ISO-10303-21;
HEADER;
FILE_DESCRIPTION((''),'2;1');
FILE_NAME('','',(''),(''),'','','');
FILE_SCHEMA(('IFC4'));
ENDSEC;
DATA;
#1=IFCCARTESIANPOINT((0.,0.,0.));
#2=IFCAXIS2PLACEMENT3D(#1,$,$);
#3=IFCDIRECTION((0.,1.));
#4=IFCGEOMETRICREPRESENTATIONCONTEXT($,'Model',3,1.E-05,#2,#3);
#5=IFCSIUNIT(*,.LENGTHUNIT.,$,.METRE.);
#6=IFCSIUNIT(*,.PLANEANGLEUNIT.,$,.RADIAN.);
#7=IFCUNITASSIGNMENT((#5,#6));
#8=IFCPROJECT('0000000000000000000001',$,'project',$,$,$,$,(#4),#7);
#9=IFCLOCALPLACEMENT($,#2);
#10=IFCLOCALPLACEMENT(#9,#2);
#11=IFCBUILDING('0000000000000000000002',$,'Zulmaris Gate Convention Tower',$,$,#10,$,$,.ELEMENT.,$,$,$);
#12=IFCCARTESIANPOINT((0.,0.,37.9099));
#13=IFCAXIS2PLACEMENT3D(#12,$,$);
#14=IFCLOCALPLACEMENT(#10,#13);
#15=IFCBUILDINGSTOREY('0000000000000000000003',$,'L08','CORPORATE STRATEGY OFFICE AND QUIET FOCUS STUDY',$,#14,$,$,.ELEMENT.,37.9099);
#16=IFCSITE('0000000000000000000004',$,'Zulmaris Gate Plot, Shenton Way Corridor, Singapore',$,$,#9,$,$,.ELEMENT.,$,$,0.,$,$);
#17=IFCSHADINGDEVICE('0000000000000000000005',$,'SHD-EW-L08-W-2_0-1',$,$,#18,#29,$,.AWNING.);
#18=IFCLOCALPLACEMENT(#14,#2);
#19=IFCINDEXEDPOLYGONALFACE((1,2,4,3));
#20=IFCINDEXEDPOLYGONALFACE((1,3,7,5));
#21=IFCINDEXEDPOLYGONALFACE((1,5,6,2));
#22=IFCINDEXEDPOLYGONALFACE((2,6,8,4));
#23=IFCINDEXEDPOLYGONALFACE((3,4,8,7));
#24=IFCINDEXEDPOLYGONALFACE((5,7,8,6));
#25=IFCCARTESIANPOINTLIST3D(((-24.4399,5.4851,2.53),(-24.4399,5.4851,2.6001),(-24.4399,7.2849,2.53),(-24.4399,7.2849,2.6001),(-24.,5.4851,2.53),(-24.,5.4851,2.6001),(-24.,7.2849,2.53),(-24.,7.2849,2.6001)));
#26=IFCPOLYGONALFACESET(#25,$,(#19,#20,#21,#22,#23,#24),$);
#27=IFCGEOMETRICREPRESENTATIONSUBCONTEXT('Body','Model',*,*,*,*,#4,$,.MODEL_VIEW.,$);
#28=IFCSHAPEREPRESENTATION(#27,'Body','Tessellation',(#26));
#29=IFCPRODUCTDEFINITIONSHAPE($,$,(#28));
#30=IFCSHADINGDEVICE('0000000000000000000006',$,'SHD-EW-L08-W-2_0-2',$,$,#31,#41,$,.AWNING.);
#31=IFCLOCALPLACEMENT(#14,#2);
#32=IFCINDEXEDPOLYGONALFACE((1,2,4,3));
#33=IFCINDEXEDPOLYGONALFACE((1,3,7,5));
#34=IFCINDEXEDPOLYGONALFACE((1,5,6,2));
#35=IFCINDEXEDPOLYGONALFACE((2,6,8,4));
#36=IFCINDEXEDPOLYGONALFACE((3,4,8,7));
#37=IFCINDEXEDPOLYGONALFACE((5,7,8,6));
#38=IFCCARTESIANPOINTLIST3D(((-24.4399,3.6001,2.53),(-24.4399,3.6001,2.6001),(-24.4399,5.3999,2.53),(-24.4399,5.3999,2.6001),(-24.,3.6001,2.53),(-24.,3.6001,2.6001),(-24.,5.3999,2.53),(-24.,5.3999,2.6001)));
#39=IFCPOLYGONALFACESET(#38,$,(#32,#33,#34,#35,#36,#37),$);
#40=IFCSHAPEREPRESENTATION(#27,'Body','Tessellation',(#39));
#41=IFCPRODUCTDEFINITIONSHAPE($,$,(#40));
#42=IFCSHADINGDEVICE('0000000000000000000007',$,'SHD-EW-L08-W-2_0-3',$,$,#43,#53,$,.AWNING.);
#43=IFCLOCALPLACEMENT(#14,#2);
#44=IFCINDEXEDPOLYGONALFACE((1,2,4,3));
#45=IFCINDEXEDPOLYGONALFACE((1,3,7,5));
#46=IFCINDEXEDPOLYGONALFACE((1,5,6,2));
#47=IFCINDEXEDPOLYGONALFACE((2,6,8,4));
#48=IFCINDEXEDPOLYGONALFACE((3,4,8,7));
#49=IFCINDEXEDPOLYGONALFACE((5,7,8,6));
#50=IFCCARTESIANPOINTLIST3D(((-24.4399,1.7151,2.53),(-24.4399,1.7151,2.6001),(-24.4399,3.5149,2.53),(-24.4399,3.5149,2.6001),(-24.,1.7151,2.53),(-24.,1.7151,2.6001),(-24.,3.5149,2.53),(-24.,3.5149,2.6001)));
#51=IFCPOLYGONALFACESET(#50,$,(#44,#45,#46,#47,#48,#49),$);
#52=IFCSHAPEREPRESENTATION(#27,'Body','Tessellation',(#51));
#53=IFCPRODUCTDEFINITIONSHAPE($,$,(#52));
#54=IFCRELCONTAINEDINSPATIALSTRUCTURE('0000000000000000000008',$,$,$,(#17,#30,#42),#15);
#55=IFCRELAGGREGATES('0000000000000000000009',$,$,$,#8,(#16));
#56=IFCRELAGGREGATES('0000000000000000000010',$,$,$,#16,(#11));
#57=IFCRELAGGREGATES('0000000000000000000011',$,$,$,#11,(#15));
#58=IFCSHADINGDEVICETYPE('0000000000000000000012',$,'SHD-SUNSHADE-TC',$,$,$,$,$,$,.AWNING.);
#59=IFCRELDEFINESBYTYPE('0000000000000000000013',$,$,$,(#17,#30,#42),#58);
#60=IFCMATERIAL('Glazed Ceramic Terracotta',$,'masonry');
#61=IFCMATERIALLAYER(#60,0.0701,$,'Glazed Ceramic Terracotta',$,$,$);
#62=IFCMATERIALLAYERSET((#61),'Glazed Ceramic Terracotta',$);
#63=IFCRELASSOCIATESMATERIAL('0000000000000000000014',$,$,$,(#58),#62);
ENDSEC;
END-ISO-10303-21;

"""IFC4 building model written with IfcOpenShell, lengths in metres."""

from ifc_helpers import new_model, si_unit, direction, frame, frame_2d, origin, place, context, subcontext, project, spatial, rectangle, extrude, material, layer, layer_set, type_object, element, save


model = new_model("IFC4")

# Units and contexts
model_context = context("Model", 3, precision=1e-05, world=origin(), true_north=direction((0.0, 1.0)))
body_context = subcontext(model_context, "Body", "Model", "MODEL_VIEW")
ifc_project = project(units=[si_unit("LENGTHUNIT", "METRE"), si_unit("PLANEANGLEUNIT", "RADIAN")], contexts=[model_context])

# Site, building, storey
site_placement = place(None, origin())
site = spatial("IfcSite", under=ifc_project, at=site_placement, Name="Zulmaris Gate Plot, Shenton Way Corridor, Singapore", CompositionType="ELEMENT", RefElevation=0.0)
building_placement = place(site_placement, origin())
building = spatial("IfcBuilding", under=site, at=building_placement, Name="Zulmaris Gate Convention Tower", CompositionType="ELEMENT")
storey_placement = place(building_placement, frame((0.0, 0.0, 37.9099)))
storey = spatial("IfcBuildingStorey", under=building, at=storey_placement, Name="L08", Description="CORPORATE STRATEGY OFFICE AND QUIET FOCUS STUDY", CompositionType="ELEMENT", Elevation=37.9099)

# Shading devices
ifc_material_1 = material(Name="Glazed Ceramic Terracotta", Category="masonry")
ifc_layer_1 = layer(ifc_material_1, 0.0701, Name="Glazed Ceramic Terracotta")
ifc_layer_set_1 = layer_set([ifc_layer_1], Name="Glazed Ceramic Terracotta")
shading_device_type = type_object("IfcShadingDeviceType", Name="SHD-SUNSHADE-TC", PredefinedType="AWNING", material=ifc_layer_set_1)
for number, where, z_axis, x_axis, name in (
    (1, (-24.22, 7.2849, 2.53), (0.0, 0.0, 1.0), (0.0, -1.0, 0.0), "SHD-EW-L08-W-2_0-1"),
    (2, (-24.22, 5.3999, 2.53), (0.0, 0.0, 1.0), (0.0, -1.0, 0.0), "SHD-EW-L08-W-2_0-2"),
    (3, (-24.22, 3.5149, 2.53), (0.0, 0.0, 1.0), (0.0, -1.0, 0.0), "SHD-EW-L08-W-2_0-3"),
):
    element("IfcShadingDevice", number, at=place(storey_placement, frame(where, z_axis=z_axis, x_axis=x_axis)), inside=storey, type_object=shading_device_type, Name=name, PredefinedType="AWNING", context=body_context, shape_type="SweptSolid", body=[
        extrude(rectangle(XDim=1.7998, YDim=0.4399, at=frame_2d((0.8999, 0.0))), origin(), (0.0, 0.0, 1.0), 0.0701),
    ])

save(model, "model.ifc")
